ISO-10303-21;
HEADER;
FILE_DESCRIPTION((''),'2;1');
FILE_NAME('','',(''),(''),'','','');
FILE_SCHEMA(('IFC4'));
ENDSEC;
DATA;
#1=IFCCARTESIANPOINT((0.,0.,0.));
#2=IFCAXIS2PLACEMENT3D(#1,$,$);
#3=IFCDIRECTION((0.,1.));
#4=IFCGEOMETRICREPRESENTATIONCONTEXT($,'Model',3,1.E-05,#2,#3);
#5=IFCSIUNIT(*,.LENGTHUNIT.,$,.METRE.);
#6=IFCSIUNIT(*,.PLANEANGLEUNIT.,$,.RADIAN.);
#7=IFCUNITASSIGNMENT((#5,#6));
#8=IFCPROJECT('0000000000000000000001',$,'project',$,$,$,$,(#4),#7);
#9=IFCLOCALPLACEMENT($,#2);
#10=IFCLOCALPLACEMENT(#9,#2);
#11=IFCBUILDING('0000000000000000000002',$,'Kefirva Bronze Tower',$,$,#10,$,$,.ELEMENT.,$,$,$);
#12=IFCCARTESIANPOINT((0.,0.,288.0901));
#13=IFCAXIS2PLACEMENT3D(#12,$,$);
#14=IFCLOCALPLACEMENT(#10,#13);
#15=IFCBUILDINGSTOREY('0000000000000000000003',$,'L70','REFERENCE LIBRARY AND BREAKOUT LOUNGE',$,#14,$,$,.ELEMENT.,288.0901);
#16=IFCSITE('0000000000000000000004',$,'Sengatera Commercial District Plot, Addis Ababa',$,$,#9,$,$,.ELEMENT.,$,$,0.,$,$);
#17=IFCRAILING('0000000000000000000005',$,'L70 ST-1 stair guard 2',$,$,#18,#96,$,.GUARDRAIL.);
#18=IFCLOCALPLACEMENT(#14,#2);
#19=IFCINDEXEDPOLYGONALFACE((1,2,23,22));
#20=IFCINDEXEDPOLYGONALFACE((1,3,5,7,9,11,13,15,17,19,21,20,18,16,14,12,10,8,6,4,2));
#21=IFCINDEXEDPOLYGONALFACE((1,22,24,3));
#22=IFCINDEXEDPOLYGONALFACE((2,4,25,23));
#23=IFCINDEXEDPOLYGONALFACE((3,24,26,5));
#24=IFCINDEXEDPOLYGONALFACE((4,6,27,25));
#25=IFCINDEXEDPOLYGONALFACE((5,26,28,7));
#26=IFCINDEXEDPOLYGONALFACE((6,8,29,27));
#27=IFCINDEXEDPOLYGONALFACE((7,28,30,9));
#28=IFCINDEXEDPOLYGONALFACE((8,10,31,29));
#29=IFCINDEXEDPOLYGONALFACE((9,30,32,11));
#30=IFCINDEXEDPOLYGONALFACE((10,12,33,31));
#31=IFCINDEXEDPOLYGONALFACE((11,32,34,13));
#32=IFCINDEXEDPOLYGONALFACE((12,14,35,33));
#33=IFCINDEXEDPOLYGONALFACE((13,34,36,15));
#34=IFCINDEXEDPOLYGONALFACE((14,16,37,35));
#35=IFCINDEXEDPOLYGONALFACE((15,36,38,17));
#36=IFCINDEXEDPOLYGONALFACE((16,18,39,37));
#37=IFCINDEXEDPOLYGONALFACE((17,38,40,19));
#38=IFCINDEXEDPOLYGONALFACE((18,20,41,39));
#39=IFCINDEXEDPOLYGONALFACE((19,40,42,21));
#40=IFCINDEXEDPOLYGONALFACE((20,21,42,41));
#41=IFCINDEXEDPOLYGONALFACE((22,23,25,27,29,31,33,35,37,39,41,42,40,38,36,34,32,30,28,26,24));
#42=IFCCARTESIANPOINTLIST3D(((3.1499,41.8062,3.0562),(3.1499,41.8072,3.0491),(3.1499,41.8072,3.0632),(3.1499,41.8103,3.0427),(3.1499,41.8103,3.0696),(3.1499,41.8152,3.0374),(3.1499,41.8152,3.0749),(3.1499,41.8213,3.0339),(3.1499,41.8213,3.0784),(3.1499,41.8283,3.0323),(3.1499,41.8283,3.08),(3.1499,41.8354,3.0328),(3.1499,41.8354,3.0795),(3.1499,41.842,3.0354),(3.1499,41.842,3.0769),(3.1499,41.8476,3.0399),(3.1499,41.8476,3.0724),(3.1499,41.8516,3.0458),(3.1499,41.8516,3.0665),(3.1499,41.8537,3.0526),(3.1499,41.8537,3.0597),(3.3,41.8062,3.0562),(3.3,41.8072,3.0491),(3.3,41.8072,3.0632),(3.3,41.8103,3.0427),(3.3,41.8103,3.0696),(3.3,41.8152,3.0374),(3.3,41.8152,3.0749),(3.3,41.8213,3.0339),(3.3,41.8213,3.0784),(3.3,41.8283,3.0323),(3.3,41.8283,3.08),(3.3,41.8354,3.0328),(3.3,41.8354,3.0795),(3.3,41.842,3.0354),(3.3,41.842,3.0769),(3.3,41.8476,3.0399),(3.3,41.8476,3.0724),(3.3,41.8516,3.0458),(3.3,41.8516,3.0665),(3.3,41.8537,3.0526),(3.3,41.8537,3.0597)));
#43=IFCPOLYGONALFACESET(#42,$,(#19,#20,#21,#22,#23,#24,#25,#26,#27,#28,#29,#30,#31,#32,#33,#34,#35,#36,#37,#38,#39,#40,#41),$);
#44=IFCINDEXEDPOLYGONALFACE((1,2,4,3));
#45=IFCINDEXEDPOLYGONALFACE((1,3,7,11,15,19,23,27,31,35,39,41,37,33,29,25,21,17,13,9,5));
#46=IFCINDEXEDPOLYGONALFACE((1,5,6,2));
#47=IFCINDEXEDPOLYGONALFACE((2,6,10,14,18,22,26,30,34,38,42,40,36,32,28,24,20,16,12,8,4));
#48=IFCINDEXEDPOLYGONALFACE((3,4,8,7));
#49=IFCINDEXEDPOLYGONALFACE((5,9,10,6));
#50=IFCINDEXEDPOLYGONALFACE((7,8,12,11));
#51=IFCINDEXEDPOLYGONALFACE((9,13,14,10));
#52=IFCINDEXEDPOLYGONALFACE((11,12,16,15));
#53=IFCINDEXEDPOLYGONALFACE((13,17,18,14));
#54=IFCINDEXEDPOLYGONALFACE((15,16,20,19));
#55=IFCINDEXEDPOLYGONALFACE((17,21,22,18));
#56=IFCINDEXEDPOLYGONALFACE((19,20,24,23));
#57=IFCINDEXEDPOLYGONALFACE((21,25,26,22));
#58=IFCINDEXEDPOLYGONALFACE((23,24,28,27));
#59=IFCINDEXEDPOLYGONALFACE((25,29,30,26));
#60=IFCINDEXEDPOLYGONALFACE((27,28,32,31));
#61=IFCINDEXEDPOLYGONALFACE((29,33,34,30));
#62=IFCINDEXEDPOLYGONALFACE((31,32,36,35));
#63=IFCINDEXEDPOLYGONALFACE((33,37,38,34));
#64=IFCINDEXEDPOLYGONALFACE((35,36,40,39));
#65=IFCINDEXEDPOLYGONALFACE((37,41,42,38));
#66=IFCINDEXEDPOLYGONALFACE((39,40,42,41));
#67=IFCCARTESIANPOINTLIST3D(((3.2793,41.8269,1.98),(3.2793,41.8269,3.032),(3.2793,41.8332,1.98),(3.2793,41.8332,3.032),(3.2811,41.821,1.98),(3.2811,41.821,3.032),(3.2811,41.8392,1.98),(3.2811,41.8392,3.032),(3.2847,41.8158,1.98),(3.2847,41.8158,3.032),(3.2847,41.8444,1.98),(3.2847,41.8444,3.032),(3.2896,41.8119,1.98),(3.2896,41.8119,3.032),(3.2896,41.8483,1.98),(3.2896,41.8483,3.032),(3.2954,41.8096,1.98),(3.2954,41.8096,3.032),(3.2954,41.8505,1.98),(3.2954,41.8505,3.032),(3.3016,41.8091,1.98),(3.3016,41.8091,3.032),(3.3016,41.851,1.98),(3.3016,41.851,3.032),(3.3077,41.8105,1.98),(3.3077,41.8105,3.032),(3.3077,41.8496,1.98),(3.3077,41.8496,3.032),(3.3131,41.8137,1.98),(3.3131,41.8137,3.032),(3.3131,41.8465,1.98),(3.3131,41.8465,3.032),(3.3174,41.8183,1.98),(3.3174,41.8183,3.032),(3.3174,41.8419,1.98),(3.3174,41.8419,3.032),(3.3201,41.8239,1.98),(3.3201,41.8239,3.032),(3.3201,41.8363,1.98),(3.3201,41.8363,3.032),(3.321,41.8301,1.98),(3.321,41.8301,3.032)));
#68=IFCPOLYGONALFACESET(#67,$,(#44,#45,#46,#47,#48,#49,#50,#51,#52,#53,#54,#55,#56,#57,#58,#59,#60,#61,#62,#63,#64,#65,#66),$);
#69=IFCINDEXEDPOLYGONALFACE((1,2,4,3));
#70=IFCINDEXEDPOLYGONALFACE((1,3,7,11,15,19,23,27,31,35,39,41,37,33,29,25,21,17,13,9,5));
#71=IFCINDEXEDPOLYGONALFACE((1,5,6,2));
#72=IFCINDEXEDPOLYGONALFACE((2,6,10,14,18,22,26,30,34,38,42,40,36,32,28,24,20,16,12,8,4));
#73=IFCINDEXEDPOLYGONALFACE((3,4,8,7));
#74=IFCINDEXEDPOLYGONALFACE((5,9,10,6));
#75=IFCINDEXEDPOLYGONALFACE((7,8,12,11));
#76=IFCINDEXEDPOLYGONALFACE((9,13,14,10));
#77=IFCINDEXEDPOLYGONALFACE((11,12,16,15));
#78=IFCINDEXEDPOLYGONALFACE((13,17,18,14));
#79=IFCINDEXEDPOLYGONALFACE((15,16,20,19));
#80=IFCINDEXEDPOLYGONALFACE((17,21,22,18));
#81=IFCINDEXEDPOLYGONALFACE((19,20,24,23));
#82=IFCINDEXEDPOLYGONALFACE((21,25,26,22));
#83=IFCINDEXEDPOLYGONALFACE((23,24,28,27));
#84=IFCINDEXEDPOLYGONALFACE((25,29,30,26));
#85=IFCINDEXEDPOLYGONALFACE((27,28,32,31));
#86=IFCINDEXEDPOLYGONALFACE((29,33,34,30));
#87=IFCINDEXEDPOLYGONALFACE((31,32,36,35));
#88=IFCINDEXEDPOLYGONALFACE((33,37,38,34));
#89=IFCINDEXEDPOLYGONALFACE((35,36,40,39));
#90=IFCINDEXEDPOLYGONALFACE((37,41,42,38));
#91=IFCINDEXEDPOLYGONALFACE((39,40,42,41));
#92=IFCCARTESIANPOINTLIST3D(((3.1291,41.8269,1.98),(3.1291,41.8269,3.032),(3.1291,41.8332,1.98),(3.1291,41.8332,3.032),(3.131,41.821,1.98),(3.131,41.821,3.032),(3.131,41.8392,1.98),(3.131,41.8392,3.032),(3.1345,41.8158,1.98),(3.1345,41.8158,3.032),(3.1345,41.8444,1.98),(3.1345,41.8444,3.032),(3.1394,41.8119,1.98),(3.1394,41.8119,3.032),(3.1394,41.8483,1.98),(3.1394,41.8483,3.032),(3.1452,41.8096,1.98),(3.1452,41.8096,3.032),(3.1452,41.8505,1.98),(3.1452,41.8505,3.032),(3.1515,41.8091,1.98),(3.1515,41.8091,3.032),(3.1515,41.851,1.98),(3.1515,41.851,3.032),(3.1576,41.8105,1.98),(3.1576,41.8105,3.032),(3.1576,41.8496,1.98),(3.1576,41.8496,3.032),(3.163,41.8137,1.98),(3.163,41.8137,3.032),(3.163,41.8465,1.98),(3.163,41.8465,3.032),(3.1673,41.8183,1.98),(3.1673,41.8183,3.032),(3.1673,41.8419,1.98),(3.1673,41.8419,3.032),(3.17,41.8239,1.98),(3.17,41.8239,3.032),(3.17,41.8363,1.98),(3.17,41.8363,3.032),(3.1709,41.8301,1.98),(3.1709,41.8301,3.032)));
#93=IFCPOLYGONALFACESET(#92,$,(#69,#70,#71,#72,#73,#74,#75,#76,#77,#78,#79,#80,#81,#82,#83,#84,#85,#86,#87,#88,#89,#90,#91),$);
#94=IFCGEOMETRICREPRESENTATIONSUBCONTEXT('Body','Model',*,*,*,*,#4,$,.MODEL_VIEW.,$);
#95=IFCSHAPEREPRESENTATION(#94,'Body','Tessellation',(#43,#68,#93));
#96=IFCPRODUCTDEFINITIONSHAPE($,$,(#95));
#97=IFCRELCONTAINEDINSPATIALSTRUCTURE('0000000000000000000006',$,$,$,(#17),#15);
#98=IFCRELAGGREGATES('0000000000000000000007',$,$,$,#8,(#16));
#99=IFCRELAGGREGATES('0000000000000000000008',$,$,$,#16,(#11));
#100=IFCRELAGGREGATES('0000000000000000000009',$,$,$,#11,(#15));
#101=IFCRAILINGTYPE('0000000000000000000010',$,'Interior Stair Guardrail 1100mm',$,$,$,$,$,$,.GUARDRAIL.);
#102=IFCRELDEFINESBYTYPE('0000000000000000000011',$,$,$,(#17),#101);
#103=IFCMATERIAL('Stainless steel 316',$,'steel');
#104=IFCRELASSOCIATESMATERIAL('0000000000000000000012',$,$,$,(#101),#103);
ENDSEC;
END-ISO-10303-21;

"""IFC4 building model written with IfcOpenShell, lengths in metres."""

from ifc_helpers import new_model, si_unit, direction, frame, origin, origin_2d, place, context, subcontext, project, spatial, circle, extrude, material, type_object, element, save


model = new_model("IFC4")

# Units and contexts
model_context = context("Model", 3, precision=1e-05, world=origin(), true_north=direction((0.0, 1.0)))
body_context = subcontext(model_context, "Body", "Model", "MODEL_VIEW")
ifc_project = project(units=[si_unit("LENGTHUNIT", "METRE"), si_unit("PLANEANGLEUNIT", "RADIAN")], contexts=[model_context])

# Site, building, storey
site_placement = place(None, origin())
site = spatial("IfcSite", under=ifc_project, at=site_placement, Name="Sengatera Commercial District Plot, Addis Ababa", CompositionType="ELEMENT", RefElevation=0.0)
building_placement = place(site_placement, origin())
building = spatial("IfcBuilding", under=site, at=building_placement, Name="Kefirva Bronze Tower", CompositionType="ELEMENT")
storey_placement = place(building_placement, frame((0.0, 0.0, 288.0901)))
storey = spatial("IfcBuildingStorey", under=building, at=storey_placement, Name="L70", Description="REFERENCE LIBRARY AND BREAKOUT LOUNGE", CompositionType="ELEMENT", Elevation=288.0901)

# Railing
ifc_material_1 = material(Name="Stainless steel 316", Category="steel")
railing_type_1 = type_object("IfcRailingType", Name="Interior Stair Guardrail 1100mm", PredefinedType="GUARDRAIL", material=ifc_material_1)
railing_1_placement = place(storey_placement, frame((3.3, 41.8301, 1.98)))
element("IfcRailing", 1, at=railing_1_placement, inside=storey, type_object=railing_type_1, Name="L70 ST-1 stair guard 2", PredefinedType="GUARDRAIL", context=body_context, shape_type="SweptSolid", body=[
    extrude(circle(Radius=0.0239, at=origin_2d()), frame((0.0, 0.0, 1.0762), z_axis=(-1.0, 0.0, 0.0), x_axis=(0.0, -1.0, 0.0)), (0.0, 0.0, 1.0), 0.1501),
    extrude(circle(Radius=0.021, at=origin_2d()), origin(), (0.0, 0.0, 1.0), 1.052),
    extrude(circle(Radius=0.021, at=origin_2d()), frame((-0.1501, 0.0, 0.0)), (0.0, 0.0, 1.0), 1.052),
])

save(model, "model.ifc")
